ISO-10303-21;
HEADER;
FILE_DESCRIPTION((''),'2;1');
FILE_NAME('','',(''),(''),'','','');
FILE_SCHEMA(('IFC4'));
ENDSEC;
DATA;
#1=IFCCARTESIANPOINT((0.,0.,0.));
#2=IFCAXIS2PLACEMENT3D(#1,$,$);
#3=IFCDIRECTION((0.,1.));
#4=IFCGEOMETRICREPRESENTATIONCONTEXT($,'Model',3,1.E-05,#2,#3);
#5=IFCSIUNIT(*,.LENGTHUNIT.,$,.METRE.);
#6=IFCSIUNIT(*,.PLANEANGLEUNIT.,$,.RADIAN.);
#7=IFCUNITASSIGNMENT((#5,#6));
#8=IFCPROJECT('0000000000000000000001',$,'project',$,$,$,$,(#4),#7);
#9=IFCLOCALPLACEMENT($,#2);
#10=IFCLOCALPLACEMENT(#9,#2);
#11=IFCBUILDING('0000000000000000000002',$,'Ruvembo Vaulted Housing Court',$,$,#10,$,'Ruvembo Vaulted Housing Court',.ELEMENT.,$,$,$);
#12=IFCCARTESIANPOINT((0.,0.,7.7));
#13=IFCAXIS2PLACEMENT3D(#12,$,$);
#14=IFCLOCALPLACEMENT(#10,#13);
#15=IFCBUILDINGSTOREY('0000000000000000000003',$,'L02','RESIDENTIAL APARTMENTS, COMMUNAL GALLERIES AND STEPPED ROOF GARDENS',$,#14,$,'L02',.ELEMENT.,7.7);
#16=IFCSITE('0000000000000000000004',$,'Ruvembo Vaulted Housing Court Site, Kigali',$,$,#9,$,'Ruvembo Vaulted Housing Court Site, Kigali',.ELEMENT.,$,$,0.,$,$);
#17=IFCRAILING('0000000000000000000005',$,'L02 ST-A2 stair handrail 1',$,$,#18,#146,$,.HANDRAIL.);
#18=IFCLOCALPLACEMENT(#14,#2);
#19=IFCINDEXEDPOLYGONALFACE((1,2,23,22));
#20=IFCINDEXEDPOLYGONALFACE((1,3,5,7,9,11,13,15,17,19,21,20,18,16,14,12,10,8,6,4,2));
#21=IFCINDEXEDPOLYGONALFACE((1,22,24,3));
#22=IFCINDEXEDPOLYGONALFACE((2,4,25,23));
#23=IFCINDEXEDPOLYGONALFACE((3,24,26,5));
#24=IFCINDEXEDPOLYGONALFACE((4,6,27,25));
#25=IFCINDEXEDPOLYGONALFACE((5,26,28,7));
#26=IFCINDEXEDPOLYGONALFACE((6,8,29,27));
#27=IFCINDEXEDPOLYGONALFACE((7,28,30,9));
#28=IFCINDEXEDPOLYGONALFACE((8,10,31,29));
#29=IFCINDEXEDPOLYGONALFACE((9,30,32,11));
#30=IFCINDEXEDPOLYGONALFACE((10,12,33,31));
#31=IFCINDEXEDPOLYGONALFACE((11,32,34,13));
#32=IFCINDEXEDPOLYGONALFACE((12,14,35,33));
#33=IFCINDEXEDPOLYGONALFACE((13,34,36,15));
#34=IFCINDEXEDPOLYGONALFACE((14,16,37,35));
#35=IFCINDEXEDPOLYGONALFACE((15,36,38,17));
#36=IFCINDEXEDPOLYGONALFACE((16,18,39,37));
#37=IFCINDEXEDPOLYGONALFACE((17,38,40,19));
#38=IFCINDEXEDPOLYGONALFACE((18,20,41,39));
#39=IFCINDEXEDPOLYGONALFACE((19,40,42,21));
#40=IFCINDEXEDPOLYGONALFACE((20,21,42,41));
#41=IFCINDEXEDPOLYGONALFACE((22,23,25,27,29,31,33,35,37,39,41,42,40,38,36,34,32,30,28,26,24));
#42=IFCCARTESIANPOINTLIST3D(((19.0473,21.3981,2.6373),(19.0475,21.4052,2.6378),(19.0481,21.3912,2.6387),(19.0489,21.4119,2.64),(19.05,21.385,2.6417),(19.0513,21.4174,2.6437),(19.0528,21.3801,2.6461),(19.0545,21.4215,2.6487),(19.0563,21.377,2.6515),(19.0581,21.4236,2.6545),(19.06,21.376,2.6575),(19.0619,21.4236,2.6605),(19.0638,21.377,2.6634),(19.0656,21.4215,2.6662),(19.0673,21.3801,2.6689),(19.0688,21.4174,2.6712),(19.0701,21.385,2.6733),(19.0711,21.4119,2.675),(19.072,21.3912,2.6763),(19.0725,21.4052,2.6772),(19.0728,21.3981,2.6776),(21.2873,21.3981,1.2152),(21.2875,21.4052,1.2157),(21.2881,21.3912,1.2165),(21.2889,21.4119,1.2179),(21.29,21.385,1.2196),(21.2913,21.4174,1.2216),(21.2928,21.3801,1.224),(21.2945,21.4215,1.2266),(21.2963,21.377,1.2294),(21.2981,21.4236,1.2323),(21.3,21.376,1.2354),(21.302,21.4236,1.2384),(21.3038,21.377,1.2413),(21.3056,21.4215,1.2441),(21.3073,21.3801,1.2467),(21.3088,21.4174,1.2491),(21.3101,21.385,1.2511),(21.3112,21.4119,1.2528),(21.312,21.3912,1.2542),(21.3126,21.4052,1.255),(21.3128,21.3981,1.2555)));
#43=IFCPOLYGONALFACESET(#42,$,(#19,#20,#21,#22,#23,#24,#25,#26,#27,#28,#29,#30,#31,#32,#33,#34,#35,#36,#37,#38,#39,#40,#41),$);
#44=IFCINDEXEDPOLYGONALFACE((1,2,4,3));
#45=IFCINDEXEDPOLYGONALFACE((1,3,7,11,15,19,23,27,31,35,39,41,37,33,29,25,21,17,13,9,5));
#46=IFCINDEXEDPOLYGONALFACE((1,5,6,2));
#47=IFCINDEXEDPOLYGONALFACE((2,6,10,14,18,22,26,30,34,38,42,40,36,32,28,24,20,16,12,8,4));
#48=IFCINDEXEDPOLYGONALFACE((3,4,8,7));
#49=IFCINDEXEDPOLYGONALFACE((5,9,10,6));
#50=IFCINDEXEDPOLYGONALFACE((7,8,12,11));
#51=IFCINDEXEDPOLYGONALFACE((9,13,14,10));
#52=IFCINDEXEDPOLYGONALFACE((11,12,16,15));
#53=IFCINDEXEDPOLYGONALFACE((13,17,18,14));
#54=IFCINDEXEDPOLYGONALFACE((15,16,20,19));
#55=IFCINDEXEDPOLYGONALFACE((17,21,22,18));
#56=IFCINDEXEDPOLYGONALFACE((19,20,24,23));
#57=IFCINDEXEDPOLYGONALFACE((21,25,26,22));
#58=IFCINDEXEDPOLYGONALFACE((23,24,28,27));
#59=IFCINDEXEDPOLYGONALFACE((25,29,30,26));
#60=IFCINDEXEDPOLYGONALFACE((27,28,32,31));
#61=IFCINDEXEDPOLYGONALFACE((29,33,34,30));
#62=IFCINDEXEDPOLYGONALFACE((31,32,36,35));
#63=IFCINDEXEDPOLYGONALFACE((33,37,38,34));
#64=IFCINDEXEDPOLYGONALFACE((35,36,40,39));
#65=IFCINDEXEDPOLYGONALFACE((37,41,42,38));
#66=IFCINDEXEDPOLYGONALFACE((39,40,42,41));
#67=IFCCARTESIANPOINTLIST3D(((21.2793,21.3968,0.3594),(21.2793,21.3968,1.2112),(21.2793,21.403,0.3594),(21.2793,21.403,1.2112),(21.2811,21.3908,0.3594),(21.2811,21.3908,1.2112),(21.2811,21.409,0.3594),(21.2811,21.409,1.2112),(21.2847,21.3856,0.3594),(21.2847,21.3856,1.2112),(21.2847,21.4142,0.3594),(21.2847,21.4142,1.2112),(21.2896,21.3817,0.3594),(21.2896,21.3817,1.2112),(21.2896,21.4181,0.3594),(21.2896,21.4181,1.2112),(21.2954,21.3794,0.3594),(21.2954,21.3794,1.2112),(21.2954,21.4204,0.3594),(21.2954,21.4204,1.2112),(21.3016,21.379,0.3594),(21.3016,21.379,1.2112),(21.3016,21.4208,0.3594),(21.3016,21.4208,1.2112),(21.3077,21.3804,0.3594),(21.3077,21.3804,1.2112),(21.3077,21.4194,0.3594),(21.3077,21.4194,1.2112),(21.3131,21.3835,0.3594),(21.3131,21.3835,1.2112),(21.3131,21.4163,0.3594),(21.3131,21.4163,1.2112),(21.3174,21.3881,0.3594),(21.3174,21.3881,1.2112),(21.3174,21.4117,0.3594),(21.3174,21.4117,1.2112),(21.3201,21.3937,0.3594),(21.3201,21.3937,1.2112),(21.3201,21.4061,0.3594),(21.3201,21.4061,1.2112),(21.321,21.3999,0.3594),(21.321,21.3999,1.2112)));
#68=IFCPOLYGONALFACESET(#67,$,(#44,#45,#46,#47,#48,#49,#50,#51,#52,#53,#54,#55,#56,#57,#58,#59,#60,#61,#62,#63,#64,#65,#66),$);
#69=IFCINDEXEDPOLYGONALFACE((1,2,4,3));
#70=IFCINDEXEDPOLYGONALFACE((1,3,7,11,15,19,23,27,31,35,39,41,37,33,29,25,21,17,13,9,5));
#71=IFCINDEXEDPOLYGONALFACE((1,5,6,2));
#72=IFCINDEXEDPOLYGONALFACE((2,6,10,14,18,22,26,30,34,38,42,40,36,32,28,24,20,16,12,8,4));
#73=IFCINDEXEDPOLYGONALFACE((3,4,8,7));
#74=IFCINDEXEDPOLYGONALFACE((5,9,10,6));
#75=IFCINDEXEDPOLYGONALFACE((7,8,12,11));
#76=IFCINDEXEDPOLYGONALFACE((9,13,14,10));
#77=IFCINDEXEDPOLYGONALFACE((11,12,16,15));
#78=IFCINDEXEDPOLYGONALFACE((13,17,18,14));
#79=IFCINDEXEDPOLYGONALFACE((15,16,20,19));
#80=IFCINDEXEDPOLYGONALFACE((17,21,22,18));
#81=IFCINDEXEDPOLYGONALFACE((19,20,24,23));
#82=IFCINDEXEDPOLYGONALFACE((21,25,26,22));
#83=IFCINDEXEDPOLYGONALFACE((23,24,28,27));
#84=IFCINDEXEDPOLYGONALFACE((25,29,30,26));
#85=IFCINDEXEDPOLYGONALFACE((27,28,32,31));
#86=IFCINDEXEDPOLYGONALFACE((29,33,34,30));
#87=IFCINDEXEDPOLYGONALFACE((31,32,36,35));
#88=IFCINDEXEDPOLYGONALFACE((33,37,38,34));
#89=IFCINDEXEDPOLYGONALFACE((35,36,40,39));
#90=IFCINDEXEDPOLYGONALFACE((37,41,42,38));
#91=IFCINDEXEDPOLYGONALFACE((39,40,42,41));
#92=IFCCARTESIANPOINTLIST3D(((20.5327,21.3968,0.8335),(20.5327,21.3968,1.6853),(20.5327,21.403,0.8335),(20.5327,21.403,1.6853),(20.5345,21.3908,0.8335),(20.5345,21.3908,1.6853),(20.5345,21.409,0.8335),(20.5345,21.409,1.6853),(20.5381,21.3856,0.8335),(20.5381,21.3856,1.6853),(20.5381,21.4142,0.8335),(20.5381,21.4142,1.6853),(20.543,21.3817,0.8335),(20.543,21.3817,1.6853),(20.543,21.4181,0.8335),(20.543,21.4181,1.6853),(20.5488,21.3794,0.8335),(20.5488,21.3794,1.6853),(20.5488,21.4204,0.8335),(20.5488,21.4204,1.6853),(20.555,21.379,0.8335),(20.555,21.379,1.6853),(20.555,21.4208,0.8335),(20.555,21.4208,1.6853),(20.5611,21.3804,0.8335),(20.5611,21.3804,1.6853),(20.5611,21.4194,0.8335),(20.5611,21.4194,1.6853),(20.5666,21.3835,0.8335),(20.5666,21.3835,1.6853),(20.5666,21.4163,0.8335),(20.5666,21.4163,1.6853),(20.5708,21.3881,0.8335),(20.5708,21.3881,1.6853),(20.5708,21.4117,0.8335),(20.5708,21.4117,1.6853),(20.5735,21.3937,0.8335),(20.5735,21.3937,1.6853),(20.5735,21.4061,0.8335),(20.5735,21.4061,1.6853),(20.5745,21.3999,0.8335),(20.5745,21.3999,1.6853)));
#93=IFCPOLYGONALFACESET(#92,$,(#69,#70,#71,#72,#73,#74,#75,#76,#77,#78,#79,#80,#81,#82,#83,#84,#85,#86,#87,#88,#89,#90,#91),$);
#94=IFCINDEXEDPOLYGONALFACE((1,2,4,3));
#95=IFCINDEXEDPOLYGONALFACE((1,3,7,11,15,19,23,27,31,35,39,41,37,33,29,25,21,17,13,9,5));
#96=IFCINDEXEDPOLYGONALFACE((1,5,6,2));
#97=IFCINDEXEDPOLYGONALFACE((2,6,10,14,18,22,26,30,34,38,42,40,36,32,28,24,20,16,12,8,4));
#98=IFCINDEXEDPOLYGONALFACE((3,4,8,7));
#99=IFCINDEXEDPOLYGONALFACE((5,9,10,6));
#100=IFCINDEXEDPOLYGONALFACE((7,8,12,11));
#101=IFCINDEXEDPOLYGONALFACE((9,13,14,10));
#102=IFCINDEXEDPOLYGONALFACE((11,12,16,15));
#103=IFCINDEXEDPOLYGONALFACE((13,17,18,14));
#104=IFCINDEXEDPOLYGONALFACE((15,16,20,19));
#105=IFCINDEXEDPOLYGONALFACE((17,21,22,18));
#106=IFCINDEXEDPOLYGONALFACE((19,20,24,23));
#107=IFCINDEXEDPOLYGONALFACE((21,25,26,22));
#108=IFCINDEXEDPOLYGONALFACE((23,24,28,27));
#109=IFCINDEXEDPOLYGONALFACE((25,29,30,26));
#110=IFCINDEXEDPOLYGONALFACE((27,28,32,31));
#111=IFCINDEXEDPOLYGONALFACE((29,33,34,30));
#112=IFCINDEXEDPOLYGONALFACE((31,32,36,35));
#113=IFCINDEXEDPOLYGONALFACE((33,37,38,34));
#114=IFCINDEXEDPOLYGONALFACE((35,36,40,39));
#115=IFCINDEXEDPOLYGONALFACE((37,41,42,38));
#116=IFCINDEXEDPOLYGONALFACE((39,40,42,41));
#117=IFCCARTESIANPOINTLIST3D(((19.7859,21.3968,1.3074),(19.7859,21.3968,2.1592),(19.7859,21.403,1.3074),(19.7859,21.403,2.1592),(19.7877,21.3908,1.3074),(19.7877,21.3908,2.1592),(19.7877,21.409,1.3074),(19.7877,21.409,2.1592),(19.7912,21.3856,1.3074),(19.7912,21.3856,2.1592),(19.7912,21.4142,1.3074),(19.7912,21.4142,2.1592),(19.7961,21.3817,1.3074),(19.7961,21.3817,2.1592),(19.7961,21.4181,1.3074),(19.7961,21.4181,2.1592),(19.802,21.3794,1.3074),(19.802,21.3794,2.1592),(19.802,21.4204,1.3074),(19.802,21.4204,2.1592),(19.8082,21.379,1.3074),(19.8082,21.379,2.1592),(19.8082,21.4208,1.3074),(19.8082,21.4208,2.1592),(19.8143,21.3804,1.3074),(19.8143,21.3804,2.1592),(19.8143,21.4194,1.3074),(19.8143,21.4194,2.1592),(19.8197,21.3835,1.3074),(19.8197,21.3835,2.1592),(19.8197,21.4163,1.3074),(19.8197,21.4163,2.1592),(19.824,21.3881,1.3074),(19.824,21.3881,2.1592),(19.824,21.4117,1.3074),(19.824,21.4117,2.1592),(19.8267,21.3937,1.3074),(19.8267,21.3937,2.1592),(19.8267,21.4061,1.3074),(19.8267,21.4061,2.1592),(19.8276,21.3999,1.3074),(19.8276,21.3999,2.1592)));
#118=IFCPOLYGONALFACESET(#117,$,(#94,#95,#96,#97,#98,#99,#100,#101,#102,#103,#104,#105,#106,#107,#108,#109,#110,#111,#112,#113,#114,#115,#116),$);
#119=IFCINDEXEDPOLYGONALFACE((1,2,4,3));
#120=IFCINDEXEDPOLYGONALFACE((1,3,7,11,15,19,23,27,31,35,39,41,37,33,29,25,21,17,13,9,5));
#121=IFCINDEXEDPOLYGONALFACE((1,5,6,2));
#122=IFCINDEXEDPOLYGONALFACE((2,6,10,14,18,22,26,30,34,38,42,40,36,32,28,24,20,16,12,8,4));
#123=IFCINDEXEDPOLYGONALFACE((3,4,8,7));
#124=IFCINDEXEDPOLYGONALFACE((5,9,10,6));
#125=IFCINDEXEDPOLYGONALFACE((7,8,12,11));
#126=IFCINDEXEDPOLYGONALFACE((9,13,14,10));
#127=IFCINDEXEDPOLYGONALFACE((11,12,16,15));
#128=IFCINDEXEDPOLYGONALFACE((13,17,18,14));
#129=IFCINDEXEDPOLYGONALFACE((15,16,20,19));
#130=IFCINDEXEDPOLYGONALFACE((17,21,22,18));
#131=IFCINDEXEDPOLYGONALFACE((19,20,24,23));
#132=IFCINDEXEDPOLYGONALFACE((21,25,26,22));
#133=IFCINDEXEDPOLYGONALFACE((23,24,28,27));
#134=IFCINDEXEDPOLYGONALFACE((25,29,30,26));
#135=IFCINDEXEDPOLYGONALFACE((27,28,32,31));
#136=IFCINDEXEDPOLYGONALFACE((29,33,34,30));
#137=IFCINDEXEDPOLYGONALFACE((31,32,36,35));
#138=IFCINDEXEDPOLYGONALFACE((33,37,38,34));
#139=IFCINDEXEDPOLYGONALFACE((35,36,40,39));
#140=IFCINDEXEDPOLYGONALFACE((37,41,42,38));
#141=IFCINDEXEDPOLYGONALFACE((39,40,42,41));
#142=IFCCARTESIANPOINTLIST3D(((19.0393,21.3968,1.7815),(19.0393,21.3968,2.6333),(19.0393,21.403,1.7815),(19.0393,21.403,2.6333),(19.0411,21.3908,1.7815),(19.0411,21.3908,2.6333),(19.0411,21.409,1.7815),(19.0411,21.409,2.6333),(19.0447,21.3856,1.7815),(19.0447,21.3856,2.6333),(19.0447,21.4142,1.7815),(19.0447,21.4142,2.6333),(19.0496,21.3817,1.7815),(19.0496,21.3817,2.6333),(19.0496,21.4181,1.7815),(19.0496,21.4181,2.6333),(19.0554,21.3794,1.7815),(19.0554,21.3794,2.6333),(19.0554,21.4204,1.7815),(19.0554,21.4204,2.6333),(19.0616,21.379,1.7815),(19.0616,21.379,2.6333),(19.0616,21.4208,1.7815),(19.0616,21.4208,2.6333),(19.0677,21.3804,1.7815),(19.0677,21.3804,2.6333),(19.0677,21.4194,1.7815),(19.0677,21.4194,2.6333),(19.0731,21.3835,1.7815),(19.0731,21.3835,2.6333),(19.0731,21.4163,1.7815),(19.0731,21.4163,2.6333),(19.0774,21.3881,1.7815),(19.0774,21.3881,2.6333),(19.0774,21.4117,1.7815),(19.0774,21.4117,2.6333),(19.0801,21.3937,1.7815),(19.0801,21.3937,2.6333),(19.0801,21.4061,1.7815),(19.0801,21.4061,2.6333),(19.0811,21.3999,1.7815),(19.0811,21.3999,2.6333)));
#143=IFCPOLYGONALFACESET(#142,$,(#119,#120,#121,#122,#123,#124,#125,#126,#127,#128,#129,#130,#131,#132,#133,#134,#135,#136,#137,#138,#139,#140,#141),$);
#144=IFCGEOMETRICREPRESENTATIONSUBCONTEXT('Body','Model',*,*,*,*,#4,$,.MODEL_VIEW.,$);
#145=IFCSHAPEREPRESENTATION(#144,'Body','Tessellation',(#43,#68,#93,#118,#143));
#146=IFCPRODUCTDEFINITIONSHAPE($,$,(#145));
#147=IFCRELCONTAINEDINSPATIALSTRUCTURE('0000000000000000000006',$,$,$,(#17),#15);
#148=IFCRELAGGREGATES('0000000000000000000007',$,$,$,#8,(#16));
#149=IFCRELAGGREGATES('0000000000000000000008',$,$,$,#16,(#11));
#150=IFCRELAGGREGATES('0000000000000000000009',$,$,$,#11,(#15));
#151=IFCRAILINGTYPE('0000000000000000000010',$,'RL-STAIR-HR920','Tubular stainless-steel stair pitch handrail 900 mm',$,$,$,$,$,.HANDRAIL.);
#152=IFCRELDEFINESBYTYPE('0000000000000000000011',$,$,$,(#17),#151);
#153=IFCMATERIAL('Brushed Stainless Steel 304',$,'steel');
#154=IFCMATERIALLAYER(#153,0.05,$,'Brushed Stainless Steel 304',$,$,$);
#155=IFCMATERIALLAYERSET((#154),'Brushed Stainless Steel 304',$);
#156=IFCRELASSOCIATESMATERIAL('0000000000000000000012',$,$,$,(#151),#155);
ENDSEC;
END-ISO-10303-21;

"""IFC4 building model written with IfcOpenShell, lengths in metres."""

from ifc_helpers import new_model, si_unit, direction, frame, origin, origin_2d, place, context, subcontext, project, spatial, circle, extrude, material, layer, layer_set, type_object, element, save


model = new_model("IFC4")

# Units and contexts
model_context = context("Model", 3, precision=1e-05, world=origin(), true_north=direction((0.0, 1.0)))
body_context = subcontext(model_context, "Body", "Model", "MODEL_VIEW")
ifc_project = project(units=[si_unit("LENGTHUNIT", "METRE"), si_unit("PLANEANGLEUNIT", "RADIAN")], contexts=[model_context])

# Site, building, storey
site_placement = place(None, origin())
site = spatial("IfcSite", under=ifc_project, at=site_placement, Name="Ruvembo Vaulted Housing Court Site, Kigali", LongName="Ruvembo Vaulted Housing Court Site, Kigali", CompositionType="ELEMENT", RefElevation=0.0)
building_placement = place(site_placement, origin())
building = spatial("IfcBuilding", under=site, at=building_placement, Name="Ruvembo Vaulted Housing Court", LongName="Ruvembo Vaulted Housing Court", CompositionType="ELEMENT")
storey_placement = place(building_placement, frame((0.0, 0.0, 7.7)))
storey = spatial("IfcBuildingStorey", under=building, at=storey_placement, Name="L02", Description="RESIDENTIAL APARTMENTS, COMMUNAL GALLERIES AND STEPPED ROOF GARDENS", LongName="L02", CompositionType="ELEMENT", Elevation=7.7)

# Shared definitions
ifc_material_1 = material(Name="Brushed Stainless Steel 304", Category="steel")

# Railing
ifc_layer_1 = layer(ifc_material_1, 0.05, Name="Brushed Stainless Steel 304")
ifc_layer_set_1 = layer_set([ifc_layer_1], Name="Brushed Stainless Steel 304")
railing_type_1 = type_object("IfcRailingType", Name="RL-STAIR-HR920", Description="Tubular stainless-steel stair pitch handrail 900 mm", PredefinedType="HANDRAIL", material=ifc_layer_set_1)
railing_1_placement = place(storey_placement, frame((21.3, 21.3999, 0.3594)))
element("IfcRailing", 1, at=railing_1_placement, inside=storey, type_object=railing_type_1, Name="L02 ST-A2 stair handrail 1", PredefinedType="HANDRAIL", context=body_context, shape_type="SweptSolid", body=[
    extrude(circle(Radius=0.0239, at=origin_2d()), frame((0.0, 0.0, 0.876), z_axis=(-0.844229, 0.0, 0.535982), x_axis=(0.0, -1.0, 0.0)), (0.0, 0.0, 1.0), 2.6533),
    extrude(circle(Radius=0.021, at=origin_2d()), origin(), (0.0, 0.0, 1.0), 0.8518),
    extrude(circle(Radius=0.021, at=origin_2d()), frame((-0.7466, 0.0, 0.4741)), (0.0, 0.0, 1.0), 0.8518),
    extrude(circle(Radius=0.021, at=origin_2d()), frame((-1.4934, 0.0, 0.948)), (0.0, 0.0, 1.0), 0.8518),
    extrude(circle(Radius=0.021, at=origin_2d()), frame((-2.24, 0.0, 1.4221)), (0.0, 0.0, 1.0), 0.8518),
])

save(model, "model.ifc")
